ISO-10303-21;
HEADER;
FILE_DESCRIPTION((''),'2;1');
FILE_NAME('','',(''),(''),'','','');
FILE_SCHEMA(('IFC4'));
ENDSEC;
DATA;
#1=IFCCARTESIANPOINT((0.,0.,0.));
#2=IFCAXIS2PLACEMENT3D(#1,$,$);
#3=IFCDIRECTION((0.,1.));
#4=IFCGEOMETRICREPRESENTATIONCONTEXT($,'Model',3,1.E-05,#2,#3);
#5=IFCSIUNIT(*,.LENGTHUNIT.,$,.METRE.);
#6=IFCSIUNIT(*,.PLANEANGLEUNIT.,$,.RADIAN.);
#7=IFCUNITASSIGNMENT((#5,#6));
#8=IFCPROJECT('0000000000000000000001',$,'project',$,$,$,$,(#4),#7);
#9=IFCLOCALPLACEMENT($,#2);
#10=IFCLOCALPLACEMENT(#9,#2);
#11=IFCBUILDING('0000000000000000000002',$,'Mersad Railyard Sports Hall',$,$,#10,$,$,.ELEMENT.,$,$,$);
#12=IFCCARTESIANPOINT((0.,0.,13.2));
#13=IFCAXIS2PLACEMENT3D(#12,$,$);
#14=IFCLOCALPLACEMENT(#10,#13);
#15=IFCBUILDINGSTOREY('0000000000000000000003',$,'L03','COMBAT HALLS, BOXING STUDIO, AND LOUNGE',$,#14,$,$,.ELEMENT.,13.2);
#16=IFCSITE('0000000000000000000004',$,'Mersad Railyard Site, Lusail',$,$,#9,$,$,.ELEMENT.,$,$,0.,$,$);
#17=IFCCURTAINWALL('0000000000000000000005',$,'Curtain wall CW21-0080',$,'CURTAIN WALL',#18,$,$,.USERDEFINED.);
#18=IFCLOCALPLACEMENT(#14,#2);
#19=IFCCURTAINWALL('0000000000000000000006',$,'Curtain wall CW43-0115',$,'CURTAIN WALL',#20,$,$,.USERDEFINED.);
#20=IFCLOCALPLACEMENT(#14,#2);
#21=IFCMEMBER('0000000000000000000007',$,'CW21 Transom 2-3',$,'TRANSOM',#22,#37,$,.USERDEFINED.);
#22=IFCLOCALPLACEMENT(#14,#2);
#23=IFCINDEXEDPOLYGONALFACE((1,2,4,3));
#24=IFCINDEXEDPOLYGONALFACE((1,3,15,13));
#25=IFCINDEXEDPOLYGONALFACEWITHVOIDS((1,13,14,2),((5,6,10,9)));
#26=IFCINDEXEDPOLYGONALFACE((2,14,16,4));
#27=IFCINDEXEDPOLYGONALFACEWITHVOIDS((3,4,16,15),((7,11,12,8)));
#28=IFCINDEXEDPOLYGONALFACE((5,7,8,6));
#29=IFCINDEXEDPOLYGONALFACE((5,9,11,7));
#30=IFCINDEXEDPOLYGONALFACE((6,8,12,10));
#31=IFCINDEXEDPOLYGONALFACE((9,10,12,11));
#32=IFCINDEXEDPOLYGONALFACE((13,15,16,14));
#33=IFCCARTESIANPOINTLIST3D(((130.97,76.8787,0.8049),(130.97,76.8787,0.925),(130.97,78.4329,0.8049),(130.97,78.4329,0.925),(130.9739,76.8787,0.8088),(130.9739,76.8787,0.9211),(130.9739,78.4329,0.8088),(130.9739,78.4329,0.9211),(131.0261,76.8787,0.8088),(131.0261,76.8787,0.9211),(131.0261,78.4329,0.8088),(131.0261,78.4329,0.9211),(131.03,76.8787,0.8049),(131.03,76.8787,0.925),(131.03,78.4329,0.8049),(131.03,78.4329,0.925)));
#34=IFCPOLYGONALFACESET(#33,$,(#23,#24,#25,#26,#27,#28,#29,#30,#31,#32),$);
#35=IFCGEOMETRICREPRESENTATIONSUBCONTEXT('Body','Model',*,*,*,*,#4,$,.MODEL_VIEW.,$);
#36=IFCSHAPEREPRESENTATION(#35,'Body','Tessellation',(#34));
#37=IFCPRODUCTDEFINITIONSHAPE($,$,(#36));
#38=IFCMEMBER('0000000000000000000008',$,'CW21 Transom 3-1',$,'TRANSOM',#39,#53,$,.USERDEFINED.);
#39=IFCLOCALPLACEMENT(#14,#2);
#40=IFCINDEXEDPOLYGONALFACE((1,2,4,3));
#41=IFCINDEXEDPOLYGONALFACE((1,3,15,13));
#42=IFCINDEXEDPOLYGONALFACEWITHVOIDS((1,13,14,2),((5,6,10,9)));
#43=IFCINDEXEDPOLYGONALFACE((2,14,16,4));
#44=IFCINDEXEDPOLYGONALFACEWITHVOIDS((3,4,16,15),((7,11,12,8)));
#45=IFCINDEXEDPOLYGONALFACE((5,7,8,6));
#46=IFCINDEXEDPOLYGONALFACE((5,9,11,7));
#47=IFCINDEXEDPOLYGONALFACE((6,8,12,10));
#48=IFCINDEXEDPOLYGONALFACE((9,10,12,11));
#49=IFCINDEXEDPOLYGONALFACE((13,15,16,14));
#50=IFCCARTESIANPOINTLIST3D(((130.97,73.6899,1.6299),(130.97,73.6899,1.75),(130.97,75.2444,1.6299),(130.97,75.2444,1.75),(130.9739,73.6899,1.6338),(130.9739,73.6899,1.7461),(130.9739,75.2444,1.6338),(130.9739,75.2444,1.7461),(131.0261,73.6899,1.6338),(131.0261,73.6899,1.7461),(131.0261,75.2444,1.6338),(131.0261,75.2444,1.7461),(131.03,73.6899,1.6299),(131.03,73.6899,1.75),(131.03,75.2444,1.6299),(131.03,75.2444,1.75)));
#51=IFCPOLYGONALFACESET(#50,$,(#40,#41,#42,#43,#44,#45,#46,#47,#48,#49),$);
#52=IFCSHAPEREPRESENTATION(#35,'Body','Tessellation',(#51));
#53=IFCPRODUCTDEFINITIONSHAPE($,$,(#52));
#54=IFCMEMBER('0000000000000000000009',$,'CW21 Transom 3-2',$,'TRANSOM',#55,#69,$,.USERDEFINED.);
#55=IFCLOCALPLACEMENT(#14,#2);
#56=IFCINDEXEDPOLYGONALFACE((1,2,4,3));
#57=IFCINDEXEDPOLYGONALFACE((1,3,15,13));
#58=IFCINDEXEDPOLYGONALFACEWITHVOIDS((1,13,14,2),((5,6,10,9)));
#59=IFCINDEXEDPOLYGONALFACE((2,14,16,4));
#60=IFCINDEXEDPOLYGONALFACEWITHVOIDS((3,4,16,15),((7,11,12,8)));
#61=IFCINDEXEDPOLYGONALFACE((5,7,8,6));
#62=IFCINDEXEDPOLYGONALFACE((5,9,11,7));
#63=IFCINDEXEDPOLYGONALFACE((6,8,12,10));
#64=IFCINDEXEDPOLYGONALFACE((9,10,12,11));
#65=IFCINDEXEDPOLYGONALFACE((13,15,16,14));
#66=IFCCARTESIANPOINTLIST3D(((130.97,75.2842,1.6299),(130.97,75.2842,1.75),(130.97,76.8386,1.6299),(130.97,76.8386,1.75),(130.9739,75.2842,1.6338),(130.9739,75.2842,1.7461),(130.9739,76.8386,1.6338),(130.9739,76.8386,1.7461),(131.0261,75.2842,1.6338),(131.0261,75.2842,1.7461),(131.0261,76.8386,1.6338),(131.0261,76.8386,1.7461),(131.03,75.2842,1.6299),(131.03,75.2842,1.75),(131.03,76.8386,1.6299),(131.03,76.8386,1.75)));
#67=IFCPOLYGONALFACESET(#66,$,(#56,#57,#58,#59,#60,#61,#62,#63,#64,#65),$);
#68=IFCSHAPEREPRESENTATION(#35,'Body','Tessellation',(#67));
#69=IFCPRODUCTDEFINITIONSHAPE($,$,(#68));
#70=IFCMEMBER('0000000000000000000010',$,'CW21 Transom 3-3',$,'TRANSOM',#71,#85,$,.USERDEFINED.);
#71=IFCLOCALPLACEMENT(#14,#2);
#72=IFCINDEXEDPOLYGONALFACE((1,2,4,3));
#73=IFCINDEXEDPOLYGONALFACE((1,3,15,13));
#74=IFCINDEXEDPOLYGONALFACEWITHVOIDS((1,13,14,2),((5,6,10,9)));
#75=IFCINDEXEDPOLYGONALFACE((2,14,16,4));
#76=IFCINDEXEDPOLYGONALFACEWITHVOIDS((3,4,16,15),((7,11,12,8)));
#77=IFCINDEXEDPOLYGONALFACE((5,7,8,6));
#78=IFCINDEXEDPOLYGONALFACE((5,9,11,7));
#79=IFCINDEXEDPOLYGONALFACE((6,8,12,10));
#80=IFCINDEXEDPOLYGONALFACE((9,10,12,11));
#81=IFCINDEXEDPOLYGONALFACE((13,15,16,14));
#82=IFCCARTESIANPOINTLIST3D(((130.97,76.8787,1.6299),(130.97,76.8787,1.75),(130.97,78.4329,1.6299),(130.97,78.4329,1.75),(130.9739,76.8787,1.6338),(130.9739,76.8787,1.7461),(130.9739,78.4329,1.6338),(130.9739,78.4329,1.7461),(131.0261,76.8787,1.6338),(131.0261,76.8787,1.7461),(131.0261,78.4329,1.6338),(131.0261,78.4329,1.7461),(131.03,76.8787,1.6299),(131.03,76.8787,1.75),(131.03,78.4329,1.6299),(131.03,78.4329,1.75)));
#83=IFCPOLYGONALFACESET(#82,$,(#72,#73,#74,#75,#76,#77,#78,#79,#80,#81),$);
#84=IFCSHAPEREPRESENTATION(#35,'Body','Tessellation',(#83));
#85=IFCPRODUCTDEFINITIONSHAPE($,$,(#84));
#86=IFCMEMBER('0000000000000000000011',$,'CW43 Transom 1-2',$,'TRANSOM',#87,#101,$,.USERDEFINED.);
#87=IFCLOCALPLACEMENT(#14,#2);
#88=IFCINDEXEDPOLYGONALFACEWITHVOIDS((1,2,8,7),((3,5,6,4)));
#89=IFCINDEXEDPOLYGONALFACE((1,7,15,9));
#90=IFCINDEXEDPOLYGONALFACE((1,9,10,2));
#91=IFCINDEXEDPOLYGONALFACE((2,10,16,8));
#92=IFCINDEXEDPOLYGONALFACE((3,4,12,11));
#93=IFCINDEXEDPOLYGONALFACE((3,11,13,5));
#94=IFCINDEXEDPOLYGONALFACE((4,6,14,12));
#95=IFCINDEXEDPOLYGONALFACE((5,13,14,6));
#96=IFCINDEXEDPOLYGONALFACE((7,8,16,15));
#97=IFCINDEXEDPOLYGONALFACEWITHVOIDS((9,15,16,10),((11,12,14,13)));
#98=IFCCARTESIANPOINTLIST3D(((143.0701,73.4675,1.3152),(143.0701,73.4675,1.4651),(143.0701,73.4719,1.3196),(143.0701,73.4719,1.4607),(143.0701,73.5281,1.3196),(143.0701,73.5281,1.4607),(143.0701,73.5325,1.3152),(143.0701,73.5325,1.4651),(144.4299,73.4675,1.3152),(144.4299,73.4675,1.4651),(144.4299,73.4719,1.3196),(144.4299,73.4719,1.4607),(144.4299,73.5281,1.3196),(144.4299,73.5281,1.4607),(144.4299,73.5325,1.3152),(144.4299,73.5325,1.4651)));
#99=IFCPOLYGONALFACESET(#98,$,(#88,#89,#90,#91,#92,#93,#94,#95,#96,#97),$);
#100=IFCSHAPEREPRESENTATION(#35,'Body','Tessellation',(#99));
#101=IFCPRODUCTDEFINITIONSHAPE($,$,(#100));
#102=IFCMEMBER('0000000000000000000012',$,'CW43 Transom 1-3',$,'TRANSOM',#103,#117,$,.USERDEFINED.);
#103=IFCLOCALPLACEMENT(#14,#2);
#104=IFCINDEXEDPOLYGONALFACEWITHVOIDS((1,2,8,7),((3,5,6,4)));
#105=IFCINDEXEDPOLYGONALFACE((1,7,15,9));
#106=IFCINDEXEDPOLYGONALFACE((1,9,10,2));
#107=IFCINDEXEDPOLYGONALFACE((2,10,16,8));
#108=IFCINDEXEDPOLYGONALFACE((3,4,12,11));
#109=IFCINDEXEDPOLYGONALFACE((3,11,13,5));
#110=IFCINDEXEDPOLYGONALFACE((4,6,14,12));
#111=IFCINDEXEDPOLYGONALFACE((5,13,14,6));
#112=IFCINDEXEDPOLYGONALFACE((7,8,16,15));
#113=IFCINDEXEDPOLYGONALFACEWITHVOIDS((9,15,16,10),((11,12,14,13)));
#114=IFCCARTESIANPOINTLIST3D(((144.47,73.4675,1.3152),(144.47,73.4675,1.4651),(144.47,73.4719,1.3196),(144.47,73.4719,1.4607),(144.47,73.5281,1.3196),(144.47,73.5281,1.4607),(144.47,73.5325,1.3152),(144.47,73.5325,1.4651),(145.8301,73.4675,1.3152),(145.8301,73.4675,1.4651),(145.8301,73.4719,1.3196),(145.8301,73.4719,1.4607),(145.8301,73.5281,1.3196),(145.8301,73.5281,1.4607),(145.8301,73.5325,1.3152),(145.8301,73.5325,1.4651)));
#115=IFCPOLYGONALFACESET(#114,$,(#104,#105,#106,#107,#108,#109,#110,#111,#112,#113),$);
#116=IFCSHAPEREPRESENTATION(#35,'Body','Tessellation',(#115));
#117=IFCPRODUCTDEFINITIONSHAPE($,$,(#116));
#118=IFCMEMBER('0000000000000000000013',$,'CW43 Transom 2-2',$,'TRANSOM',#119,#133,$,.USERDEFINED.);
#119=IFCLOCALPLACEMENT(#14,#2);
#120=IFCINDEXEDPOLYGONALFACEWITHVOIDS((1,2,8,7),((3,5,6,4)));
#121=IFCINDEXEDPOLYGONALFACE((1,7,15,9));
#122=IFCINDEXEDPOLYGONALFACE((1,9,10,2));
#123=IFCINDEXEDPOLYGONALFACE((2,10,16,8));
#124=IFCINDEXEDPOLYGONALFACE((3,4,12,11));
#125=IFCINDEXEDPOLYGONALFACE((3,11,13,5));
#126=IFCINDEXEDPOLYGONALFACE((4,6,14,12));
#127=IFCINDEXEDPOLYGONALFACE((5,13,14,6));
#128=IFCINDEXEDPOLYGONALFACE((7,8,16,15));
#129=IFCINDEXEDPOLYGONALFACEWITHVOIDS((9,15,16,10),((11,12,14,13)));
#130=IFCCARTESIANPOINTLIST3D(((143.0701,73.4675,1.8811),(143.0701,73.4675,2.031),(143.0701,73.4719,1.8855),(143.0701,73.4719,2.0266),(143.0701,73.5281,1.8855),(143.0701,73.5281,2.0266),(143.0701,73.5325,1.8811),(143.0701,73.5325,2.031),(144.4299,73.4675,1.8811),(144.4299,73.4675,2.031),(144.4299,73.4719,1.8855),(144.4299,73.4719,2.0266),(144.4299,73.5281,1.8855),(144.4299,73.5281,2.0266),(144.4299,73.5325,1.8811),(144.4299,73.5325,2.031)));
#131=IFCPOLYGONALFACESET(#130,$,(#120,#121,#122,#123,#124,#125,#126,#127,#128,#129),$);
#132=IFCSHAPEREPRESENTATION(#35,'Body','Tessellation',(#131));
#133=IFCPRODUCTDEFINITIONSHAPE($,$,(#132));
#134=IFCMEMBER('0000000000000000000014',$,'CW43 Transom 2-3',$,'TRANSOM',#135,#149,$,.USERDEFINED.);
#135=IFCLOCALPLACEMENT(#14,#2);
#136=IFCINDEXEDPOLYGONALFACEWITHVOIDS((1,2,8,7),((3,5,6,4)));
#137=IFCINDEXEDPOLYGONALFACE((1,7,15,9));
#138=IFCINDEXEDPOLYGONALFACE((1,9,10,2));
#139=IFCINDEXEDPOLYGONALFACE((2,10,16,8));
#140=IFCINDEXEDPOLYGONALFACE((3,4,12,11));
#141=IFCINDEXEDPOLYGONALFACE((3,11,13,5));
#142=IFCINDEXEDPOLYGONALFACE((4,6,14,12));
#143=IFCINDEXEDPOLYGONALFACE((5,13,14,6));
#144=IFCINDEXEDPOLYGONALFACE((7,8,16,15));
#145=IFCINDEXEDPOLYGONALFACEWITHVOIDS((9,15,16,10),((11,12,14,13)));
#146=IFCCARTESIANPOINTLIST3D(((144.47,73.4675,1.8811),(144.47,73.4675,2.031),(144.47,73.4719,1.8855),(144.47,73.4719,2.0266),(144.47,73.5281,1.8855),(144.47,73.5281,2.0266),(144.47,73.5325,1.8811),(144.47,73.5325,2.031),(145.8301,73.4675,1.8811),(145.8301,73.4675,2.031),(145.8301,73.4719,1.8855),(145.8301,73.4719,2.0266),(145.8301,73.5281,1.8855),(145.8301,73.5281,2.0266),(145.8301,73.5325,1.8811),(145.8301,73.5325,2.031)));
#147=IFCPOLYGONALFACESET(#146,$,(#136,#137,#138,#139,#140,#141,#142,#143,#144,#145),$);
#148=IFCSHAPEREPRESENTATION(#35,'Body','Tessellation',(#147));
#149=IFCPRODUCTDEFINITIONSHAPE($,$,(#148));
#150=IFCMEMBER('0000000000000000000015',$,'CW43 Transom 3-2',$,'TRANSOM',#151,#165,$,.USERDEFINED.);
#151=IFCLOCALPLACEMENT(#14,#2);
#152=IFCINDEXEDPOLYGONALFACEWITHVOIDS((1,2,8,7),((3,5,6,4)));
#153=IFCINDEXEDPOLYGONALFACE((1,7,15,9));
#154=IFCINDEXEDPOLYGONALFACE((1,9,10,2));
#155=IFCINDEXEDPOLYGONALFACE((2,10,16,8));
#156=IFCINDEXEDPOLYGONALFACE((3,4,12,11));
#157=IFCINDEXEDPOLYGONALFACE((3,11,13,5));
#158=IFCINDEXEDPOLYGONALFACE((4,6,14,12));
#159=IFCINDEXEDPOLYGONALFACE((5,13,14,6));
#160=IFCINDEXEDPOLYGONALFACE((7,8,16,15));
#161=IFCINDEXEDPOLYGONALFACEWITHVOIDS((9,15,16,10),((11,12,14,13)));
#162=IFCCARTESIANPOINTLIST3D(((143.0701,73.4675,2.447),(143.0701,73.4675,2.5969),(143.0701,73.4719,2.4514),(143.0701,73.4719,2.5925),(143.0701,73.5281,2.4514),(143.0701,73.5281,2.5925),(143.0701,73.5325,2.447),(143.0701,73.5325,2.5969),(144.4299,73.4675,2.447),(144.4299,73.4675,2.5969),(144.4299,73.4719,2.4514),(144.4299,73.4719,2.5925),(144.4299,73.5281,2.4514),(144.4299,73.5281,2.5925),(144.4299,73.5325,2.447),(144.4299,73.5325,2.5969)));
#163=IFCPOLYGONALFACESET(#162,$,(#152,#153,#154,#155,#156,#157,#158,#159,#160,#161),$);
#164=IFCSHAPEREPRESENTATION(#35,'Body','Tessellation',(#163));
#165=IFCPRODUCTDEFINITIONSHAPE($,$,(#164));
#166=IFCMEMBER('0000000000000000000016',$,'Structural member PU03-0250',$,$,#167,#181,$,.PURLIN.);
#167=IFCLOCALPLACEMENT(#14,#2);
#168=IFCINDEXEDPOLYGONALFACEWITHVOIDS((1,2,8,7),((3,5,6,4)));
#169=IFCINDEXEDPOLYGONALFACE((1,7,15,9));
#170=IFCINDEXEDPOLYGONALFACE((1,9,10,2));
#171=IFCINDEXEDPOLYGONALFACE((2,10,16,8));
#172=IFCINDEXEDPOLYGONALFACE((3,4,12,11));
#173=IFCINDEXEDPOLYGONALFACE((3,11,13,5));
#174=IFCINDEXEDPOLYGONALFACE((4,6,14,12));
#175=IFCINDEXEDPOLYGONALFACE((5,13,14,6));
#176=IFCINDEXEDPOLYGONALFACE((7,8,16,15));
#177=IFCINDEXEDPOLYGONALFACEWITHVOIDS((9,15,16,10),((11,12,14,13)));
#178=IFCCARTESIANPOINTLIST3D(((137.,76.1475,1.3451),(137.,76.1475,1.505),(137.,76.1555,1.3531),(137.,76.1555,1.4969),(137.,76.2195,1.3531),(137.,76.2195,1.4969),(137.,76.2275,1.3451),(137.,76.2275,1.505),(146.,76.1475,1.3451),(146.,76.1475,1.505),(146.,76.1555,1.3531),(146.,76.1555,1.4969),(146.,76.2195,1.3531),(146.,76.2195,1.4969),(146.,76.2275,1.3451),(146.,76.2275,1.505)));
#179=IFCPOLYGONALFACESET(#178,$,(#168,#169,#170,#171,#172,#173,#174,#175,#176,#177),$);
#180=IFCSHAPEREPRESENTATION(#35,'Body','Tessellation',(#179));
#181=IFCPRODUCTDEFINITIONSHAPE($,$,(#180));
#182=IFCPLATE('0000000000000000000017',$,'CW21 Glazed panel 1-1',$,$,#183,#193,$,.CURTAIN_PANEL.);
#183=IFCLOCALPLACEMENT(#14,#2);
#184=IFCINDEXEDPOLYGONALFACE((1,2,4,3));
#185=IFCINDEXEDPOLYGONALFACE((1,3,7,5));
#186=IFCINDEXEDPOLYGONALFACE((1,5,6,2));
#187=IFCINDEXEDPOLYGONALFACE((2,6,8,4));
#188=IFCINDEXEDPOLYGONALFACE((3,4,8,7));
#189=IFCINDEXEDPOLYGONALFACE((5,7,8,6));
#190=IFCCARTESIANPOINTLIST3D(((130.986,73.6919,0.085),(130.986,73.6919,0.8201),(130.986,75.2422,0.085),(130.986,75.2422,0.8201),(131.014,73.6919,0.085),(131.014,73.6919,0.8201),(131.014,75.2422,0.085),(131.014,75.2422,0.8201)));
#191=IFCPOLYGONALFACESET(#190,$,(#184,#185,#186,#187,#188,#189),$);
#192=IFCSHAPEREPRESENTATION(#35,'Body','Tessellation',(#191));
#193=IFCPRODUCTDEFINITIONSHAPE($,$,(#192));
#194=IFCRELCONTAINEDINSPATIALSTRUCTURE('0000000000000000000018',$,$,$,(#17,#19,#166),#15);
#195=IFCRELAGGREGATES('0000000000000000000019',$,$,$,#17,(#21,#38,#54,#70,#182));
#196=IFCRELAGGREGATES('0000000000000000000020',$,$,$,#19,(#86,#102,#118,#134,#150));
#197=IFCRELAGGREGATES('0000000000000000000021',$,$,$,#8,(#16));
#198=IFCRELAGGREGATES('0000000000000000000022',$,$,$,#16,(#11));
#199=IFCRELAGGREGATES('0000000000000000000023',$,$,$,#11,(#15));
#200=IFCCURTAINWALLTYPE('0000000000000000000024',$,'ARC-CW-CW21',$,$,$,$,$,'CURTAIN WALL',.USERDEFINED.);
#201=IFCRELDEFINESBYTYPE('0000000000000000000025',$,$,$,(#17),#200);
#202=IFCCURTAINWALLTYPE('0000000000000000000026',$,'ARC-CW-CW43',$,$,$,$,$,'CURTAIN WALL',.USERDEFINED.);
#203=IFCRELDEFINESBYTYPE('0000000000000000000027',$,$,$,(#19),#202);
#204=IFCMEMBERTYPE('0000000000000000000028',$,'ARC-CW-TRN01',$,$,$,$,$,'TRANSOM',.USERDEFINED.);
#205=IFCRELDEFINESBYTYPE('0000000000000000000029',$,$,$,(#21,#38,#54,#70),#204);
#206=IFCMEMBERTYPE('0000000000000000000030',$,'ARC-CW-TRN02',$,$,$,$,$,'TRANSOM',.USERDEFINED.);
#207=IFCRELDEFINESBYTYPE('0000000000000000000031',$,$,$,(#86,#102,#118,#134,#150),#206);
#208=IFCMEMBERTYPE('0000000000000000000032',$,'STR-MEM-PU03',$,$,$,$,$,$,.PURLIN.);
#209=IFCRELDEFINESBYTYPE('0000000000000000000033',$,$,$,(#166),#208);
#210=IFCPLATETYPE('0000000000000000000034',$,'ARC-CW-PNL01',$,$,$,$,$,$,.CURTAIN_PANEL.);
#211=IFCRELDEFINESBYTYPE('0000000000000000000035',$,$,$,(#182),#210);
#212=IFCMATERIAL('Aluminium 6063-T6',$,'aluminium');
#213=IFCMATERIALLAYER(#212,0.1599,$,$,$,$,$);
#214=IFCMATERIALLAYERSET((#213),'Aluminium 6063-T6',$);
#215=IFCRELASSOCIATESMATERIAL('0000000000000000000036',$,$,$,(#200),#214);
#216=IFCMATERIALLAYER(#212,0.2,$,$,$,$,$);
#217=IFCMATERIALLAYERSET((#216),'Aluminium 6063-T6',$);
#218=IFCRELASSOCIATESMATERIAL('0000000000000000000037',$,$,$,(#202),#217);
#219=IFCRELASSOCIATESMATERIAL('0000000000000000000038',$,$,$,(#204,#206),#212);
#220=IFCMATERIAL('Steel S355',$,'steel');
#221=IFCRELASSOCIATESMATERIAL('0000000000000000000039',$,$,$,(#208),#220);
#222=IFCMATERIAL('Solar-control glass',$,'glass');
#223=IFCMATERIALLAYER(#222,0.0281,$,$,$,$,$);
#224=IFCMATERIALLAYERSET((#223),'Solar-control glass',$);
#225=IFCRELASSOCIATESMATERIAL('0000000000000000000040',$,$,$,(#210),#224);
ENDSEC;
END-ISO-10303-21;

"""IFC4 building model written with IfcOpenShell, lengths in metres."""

from ifc_helpers import new_model, si_unit, direction, frame, origin, origin_2d, place, context, subcontext, project, spatial, rectangle, hollow_rectangle, extrude, material, layer, layer_set, material_profile, profile_set, type_object, element, aggregate, save


model = new_model("IFC4")

# Units and contexts
model_context = context("Model", 3, precision=1e-05, world=origin(), true_north=direction((0.0, 1.0)))
body_context = subcontext(model_context, "Body", "Model", "MODEL_VIEW")
ifc_project = project(units=[si_unit("LENGTHUNIT", "METRE"), si_unit("PLANEANGLEUNIT", "RADIAN")], contexts=[model_context])

# Site, building, storey
site_placement = place(None, origin())
site = spatial("IfcSite", under=ifc_project, at=site_placement, Name="Mersad Railyard Site, Lusail", CompositionType="ELEMENT", RefElevation=0.0)
building_placement = place(site_placement, origin())
building = spatial("IfcBuilding", under=site, at=building_placement, Name="Mersad Railyard Sports Hall", CompositionType="ELEMENT")
storey_placement = place(building_placement, frame((0.0, 0.0, 13.2)))
storey = spatial("IfcBuildingStorey", under=building, at=storey_placement, Name="L03", Description="COMBAT HALLS, BOXING STUDIO, AND LOUNGE", CompositionType="ELEMENT", Elevation=13.2)

# Curtain walls
ifc_material_1 = material(Name="Aluminium 6063-T6", Category="aluminium")
ifc_layer_1 = layer(ifc_material_1, 0.1599)
ifc_layer_set_1 = layer_set([ifc_layer_1], Name="Aluminium 6063-T6")
curtain_wall_type_1 = type_object("IfcCurtainWallType", Name="ARC-CW-CW21", ElementType="CURTAIN WALL", PredefinedType="USERDEFINED", material=ifc_layer_set_1)
curtain_wall_1_placement = place(storey_placement, origin())
curtain_wall_1 = element("IfcCurtainWall", 1, at=curtain_wall_1_placement, inside=storey, type_object=curtain_wall_type_1, Name="Curtain wall CW21-0080", ObjectType="CURTAIN WALL", PredefinedType="USERDEFINED")
ifc_layer_2 = layer(ifc_material_1, 0.2)
ifc_layer_set_2 = layer_set([ifc_layer_2], Name="Aluminium 6063-T6")
curtain_wall_type_2 = type_object("IfcCurtainWallType", Name="ARC-CW-CW43", ElementType="CURTAIN WALL", PredefinedType="USERDEFINED", material=ifc_layer_set_2)
curtain_wall_2_placement = place(storey_placement, origin())
curtain_wall_2 = element("IfcCurtainWall", 2, at=curtain_wall_2_placement, inside=storey, type_object=curtain_wall_type_2, Name="Curtain wall CW43-0115", ObjectType="CURTAIN WALL", PredefinedType="USERDEFINED")

# Members
ifc_material_profile_1 = material_profile(ifc_material_1, hollow_rectangle(XDim=0.0601, YDim=0.1201, WallThickness=0.0039, at=origin_2d()), Name="AL TRANSOM 60x120x4")
ifc_profile_set_1 = profile_set([ifc_material_profile_1], Name="Aluminium 6063-T6")
member_type_1 = type_object("IfcMemberType", Name="ARC-CW-TRN01", ElementType="TRANSOM", PredefinedType="USERDEFINED", material=ifc_profile_set_1)
member_1_placement = place(storey_placement, frame((131.0, 76.8787, 0.865), z_axis=(0.0, 1.0, 0.0), x_axis=(-1.0, 0.0, 0.0)))
member_1 = element("IfcMember", 3, at=member_1_placement, type_object=member_type_1, Name="CW21 Transom 2-3", ObjectType="TRANSOM", PredefinedType="USERDEFINED", context=body_context, shape_type="SweptSolid", body=[
    extrude(hollow_rectangle(XDim=0.0601, YDim=0.1201, WallThickness=0.0039, at=origin_2d()), origin(), (0.0, 0.0, 1.0), 1.5542),
])
member_2_placement = place(storey_placement, frame((131.0, 73.6899, 1.6899), z_axis=(0.0, 1.0, 0.0), x_axis=(-1.0, 0.0, 0.0)))
member_2 = element("IfcMember", 4, at=member_2_placement, type_object=member_type_1, Name="CW21 Transom 3-1", ObjectType="TRANSOM", PredefinedType="USERDEFINED", context=body_context, shape_type="SweptSolid", body=[
    extrude(hollow_rectangle(XDim=0.0601, YDim=0.1201, WallThickness=0.0039, at=origin_2d()), origin(), (0.0, 0.0, 1.0), 1.5544),
])
member_3_placement = place(storey_placement, frame((131.0, 75.2842, 1.6899), z_axis=(0.0, 1.0, 0.0), x_axis=(-1.0, 0.0, 0.0)))
member_3 = element("IfcMember", 5, at=member_3_placement, type_object=member_type_1, Name="CW21 Transom 3-2", ObjectType="TRANSOM", PredefinedType="USERDEFINED", context=body_context, shape_type="SweptSolid", body=[
    extrude(hollow_rectangle(XDim=0.0601, YDim=0.1201, WallThickness=0.0039, at=origin_2d()), origin(), (0.0, 0.0, 1.0), 1.5544),
])
member_4_placement = place(storey_placement, frame((131.0, 76.8787, 1.6899), z_axis=(0.0, 1.0, 0.0), x_axis=(-1.0, 0.0, 0.0)))
member_4 = element("IfcMember", 6, at=member_4_placement, type_object=member_type_1, Name="CW21 Transom 3-3", ObjectType="TRANSOM", PredefinedType="USERDEFINED", context=body_context, shape_type="SweptSolid", body=[
    extrude(hollow_rectangle(XDim=0.0601, YDim=0.1201, WallThickness=0.0039, at=origin_2d()), origin(), (0.0, 0.0, 1.0), 1.5542),
])
ifc_material_profile_2 = material_profile(ifc_material_1, hollow_rectangle(XDim=0.0649, YDim=0.1499, WallThickness=0.0044, at=origin_2d()), Name="AL TRANSOM 65x150x4.5")
ifc_profile_set_2 = profile_set([ifc_material_profile_2], Name="Aluminium 6063-T6")
member_type_2 = type_object("IfcMemberType", Name="ARC-CW-TRN02", ElementType="TRANSOM", PredefinedType="USERDEFINED", material=ifc_profile_set_2)
member_5_placement = place(storey_placement, frame((143.0701, 73.5, 1.3901), z_axis=(1.0, 0.0, 0.0), x_axis=(0.0, 1.0, 0.0)))
member_5 = element("IfcMember", 7, at=member_5_placement, type_object=member_type_2, Name="CW43 Transom 1-2", ObjectType="TRANSOM", PredefinedType="USERDEFINED", context=body_context, shape_type="SweptSolid", body=[
    extrude(hollow_rectangle(XDim=0.0649, YDim=0.1499, WallThickness=0.0044, at=origin_2d()), origin(), (0.0, 0.0, 1.0), 1.3599),
])
member_6_placement = place(storey_placement, frame((144.47, 73.5, 1.3901), z_axis=(1.0, 0.0, 0.0), x_axis=(0.0, 1.0, 0.0)))
member_6 = element("IfcMember", 8, at=member_6_placement, type_object=member_type_2, Name="CW43 Transom 1-3", ObjectType="TRANSOM", PredefinedType="USERDEFINED", context=body_context, shape_type="SweptSolid", body=[
    extrude(hollow_rectangle(XDim=0.0649, YDim=0.1499, WallThickness=0.0044, at=origin_2d()), origin(), (0.0, 0.0, 1.0), 1.3601),
])
member_7_placement = place(storey_placement, frame((143.0701, 73.5, 1.9561), z_axis=(1.0, 0.0, 0.0), x_axis=(0.0, 1.0, 0.0)))
member_7 = element("IfcMember", 9, at=member_7_placement, type_object=member_type_2, Name="CW43 Transom 2-2", ObjectType="TRANSOM", PredefinedType="USERDEFINED", context=body_context, shape_type="SweptSolid", body=[
    extrude(hollow_rectangle(XDim=0.0649, YDim=0.1499, WallThickness=0.0044, at=origin_2d()), origin(), (0.0, 0.0, 1.0), 1.3599),
])
member_8_placement = place(storey_placement, frame((144.47, 73.5, 1.9561), z_axis=(1.0, 0.0, 0.0), x_axis=(0.0, 1.0, 0.0)))
member_8 = element("IfcMember", 10, at=member_8_placement, type_object=member_type_2, Name="CW43 Transom 2-3", ObjectType="TRANSOM", PredefinedType="USERDEFINED", context=body_context, shape_type="SweptSolid", body=[
    extrude(hollow_rectangle(XDim=0.0649, YDim=0.1499, WallThickness=0.0044, at=origin_2d()), origin(), (0.0, 0.0, 1.0), 1.3601),
])
member_9_placement = place(storey_placement, frame((143.0701, 73.5, 2.522), z_axis=(1.0, 0.0, 0.0), x_axis=(0.0, 1.0, 0.0)))
member_9 = element("IfcMember", 11, at=member_9_placement, type_object=member_type_2, Name="CW43 Transom 3-2", ObjectType="TRANSOM", PredefinedType="USERDEFINED", context=body_context, shape_type="SweptSolid", body=[
    extrude(hollow_rectangle(XDim=0.0649, YDim=0.1499, WallThickness=0.0044, at=origin_2d()), origin(), (0.0, 0.0, 1.0), 1.3599),
])
ifc_material_2 = material(Name="Steel S355", Category="steel")
ifc_material_profile_3 = material_profile(ifc_material_2, hollow_rectangle(XDim=0.0801, YDim=0.1599, WallThickness=0.0081, at=origin_2d()), Name="RHS 160x80x8")
ifc_profile_set_3 = profile_set([ifc_material_profile_3], Name="Steel S355")
member_type_3 = type_object("IfcMemberType", Name="STR-MEM-PU03", PredefinedType="PURLIN", material=ifc_profile_set_3)
member_10_placement = place(storey_placement, frame((137.0, 76.1875, 1.425), z_axis=(1.0, 0.0, 0.0), x_axis=(0.0, 1.0, 0.0)))
element("IfcMember", 12, at=member_10_placement, inside=storey, type_object=member_type_3, Name="Structural member PU03-0250", PredefinedType="PURLIN", context=body_context, shape_type="SweptSolid", body=[
    extrude(hollow_rectangle(XDim=0.0801, YDim=0.1599, WallThickness=0.0081, at=origin_2d()), origin(), (0.0, 0.0, 1.0), 9.0),
])

# Plate
ifc_material_3 = material(Name="Solar-control glass", Category="glass")
ifc_layer_3 = layer(ifc_material_3, 0.0281)
ifc_layer_set_3 = layer_set([ifc_layer_3], Name="Solar-control glass")
plate_type_1 = type_object("IfcPlateType", Name="ARC-CW-PNL01", PredefinedType="CURTAIN_PANEL", material=ifc_layer_set_3)
plate_1_placement = place(storey_placement, frame((131.0, 74.467, 0.085), z_axis=(0.0, 0.0, 1.0), x_axis=(0.0, 1.0, 0.0)))
plate_1 = element("IfcPlate", 13, at=plate_1_placement, type_object=plate_type_1, Name="CW21 Glazed panel 1-1", PredefinedType="CURTAIN_PANEL", context=body_context, shape_type="SweptSolid", body=[
    extrude(rectangle(XDim=1.5503, YDim=0.0281, at=origin_2d()), origin(), (0.0, 0.0, 1.0), 0.7351),
])
aggregate(curtain_wall_1, [member_1, member_2, member_3, member_4, plate_1])
aggregate(curtain_wall_2, [member_5, member_6, member_7, member_8, member_9])

save(model, "model.ifc")
